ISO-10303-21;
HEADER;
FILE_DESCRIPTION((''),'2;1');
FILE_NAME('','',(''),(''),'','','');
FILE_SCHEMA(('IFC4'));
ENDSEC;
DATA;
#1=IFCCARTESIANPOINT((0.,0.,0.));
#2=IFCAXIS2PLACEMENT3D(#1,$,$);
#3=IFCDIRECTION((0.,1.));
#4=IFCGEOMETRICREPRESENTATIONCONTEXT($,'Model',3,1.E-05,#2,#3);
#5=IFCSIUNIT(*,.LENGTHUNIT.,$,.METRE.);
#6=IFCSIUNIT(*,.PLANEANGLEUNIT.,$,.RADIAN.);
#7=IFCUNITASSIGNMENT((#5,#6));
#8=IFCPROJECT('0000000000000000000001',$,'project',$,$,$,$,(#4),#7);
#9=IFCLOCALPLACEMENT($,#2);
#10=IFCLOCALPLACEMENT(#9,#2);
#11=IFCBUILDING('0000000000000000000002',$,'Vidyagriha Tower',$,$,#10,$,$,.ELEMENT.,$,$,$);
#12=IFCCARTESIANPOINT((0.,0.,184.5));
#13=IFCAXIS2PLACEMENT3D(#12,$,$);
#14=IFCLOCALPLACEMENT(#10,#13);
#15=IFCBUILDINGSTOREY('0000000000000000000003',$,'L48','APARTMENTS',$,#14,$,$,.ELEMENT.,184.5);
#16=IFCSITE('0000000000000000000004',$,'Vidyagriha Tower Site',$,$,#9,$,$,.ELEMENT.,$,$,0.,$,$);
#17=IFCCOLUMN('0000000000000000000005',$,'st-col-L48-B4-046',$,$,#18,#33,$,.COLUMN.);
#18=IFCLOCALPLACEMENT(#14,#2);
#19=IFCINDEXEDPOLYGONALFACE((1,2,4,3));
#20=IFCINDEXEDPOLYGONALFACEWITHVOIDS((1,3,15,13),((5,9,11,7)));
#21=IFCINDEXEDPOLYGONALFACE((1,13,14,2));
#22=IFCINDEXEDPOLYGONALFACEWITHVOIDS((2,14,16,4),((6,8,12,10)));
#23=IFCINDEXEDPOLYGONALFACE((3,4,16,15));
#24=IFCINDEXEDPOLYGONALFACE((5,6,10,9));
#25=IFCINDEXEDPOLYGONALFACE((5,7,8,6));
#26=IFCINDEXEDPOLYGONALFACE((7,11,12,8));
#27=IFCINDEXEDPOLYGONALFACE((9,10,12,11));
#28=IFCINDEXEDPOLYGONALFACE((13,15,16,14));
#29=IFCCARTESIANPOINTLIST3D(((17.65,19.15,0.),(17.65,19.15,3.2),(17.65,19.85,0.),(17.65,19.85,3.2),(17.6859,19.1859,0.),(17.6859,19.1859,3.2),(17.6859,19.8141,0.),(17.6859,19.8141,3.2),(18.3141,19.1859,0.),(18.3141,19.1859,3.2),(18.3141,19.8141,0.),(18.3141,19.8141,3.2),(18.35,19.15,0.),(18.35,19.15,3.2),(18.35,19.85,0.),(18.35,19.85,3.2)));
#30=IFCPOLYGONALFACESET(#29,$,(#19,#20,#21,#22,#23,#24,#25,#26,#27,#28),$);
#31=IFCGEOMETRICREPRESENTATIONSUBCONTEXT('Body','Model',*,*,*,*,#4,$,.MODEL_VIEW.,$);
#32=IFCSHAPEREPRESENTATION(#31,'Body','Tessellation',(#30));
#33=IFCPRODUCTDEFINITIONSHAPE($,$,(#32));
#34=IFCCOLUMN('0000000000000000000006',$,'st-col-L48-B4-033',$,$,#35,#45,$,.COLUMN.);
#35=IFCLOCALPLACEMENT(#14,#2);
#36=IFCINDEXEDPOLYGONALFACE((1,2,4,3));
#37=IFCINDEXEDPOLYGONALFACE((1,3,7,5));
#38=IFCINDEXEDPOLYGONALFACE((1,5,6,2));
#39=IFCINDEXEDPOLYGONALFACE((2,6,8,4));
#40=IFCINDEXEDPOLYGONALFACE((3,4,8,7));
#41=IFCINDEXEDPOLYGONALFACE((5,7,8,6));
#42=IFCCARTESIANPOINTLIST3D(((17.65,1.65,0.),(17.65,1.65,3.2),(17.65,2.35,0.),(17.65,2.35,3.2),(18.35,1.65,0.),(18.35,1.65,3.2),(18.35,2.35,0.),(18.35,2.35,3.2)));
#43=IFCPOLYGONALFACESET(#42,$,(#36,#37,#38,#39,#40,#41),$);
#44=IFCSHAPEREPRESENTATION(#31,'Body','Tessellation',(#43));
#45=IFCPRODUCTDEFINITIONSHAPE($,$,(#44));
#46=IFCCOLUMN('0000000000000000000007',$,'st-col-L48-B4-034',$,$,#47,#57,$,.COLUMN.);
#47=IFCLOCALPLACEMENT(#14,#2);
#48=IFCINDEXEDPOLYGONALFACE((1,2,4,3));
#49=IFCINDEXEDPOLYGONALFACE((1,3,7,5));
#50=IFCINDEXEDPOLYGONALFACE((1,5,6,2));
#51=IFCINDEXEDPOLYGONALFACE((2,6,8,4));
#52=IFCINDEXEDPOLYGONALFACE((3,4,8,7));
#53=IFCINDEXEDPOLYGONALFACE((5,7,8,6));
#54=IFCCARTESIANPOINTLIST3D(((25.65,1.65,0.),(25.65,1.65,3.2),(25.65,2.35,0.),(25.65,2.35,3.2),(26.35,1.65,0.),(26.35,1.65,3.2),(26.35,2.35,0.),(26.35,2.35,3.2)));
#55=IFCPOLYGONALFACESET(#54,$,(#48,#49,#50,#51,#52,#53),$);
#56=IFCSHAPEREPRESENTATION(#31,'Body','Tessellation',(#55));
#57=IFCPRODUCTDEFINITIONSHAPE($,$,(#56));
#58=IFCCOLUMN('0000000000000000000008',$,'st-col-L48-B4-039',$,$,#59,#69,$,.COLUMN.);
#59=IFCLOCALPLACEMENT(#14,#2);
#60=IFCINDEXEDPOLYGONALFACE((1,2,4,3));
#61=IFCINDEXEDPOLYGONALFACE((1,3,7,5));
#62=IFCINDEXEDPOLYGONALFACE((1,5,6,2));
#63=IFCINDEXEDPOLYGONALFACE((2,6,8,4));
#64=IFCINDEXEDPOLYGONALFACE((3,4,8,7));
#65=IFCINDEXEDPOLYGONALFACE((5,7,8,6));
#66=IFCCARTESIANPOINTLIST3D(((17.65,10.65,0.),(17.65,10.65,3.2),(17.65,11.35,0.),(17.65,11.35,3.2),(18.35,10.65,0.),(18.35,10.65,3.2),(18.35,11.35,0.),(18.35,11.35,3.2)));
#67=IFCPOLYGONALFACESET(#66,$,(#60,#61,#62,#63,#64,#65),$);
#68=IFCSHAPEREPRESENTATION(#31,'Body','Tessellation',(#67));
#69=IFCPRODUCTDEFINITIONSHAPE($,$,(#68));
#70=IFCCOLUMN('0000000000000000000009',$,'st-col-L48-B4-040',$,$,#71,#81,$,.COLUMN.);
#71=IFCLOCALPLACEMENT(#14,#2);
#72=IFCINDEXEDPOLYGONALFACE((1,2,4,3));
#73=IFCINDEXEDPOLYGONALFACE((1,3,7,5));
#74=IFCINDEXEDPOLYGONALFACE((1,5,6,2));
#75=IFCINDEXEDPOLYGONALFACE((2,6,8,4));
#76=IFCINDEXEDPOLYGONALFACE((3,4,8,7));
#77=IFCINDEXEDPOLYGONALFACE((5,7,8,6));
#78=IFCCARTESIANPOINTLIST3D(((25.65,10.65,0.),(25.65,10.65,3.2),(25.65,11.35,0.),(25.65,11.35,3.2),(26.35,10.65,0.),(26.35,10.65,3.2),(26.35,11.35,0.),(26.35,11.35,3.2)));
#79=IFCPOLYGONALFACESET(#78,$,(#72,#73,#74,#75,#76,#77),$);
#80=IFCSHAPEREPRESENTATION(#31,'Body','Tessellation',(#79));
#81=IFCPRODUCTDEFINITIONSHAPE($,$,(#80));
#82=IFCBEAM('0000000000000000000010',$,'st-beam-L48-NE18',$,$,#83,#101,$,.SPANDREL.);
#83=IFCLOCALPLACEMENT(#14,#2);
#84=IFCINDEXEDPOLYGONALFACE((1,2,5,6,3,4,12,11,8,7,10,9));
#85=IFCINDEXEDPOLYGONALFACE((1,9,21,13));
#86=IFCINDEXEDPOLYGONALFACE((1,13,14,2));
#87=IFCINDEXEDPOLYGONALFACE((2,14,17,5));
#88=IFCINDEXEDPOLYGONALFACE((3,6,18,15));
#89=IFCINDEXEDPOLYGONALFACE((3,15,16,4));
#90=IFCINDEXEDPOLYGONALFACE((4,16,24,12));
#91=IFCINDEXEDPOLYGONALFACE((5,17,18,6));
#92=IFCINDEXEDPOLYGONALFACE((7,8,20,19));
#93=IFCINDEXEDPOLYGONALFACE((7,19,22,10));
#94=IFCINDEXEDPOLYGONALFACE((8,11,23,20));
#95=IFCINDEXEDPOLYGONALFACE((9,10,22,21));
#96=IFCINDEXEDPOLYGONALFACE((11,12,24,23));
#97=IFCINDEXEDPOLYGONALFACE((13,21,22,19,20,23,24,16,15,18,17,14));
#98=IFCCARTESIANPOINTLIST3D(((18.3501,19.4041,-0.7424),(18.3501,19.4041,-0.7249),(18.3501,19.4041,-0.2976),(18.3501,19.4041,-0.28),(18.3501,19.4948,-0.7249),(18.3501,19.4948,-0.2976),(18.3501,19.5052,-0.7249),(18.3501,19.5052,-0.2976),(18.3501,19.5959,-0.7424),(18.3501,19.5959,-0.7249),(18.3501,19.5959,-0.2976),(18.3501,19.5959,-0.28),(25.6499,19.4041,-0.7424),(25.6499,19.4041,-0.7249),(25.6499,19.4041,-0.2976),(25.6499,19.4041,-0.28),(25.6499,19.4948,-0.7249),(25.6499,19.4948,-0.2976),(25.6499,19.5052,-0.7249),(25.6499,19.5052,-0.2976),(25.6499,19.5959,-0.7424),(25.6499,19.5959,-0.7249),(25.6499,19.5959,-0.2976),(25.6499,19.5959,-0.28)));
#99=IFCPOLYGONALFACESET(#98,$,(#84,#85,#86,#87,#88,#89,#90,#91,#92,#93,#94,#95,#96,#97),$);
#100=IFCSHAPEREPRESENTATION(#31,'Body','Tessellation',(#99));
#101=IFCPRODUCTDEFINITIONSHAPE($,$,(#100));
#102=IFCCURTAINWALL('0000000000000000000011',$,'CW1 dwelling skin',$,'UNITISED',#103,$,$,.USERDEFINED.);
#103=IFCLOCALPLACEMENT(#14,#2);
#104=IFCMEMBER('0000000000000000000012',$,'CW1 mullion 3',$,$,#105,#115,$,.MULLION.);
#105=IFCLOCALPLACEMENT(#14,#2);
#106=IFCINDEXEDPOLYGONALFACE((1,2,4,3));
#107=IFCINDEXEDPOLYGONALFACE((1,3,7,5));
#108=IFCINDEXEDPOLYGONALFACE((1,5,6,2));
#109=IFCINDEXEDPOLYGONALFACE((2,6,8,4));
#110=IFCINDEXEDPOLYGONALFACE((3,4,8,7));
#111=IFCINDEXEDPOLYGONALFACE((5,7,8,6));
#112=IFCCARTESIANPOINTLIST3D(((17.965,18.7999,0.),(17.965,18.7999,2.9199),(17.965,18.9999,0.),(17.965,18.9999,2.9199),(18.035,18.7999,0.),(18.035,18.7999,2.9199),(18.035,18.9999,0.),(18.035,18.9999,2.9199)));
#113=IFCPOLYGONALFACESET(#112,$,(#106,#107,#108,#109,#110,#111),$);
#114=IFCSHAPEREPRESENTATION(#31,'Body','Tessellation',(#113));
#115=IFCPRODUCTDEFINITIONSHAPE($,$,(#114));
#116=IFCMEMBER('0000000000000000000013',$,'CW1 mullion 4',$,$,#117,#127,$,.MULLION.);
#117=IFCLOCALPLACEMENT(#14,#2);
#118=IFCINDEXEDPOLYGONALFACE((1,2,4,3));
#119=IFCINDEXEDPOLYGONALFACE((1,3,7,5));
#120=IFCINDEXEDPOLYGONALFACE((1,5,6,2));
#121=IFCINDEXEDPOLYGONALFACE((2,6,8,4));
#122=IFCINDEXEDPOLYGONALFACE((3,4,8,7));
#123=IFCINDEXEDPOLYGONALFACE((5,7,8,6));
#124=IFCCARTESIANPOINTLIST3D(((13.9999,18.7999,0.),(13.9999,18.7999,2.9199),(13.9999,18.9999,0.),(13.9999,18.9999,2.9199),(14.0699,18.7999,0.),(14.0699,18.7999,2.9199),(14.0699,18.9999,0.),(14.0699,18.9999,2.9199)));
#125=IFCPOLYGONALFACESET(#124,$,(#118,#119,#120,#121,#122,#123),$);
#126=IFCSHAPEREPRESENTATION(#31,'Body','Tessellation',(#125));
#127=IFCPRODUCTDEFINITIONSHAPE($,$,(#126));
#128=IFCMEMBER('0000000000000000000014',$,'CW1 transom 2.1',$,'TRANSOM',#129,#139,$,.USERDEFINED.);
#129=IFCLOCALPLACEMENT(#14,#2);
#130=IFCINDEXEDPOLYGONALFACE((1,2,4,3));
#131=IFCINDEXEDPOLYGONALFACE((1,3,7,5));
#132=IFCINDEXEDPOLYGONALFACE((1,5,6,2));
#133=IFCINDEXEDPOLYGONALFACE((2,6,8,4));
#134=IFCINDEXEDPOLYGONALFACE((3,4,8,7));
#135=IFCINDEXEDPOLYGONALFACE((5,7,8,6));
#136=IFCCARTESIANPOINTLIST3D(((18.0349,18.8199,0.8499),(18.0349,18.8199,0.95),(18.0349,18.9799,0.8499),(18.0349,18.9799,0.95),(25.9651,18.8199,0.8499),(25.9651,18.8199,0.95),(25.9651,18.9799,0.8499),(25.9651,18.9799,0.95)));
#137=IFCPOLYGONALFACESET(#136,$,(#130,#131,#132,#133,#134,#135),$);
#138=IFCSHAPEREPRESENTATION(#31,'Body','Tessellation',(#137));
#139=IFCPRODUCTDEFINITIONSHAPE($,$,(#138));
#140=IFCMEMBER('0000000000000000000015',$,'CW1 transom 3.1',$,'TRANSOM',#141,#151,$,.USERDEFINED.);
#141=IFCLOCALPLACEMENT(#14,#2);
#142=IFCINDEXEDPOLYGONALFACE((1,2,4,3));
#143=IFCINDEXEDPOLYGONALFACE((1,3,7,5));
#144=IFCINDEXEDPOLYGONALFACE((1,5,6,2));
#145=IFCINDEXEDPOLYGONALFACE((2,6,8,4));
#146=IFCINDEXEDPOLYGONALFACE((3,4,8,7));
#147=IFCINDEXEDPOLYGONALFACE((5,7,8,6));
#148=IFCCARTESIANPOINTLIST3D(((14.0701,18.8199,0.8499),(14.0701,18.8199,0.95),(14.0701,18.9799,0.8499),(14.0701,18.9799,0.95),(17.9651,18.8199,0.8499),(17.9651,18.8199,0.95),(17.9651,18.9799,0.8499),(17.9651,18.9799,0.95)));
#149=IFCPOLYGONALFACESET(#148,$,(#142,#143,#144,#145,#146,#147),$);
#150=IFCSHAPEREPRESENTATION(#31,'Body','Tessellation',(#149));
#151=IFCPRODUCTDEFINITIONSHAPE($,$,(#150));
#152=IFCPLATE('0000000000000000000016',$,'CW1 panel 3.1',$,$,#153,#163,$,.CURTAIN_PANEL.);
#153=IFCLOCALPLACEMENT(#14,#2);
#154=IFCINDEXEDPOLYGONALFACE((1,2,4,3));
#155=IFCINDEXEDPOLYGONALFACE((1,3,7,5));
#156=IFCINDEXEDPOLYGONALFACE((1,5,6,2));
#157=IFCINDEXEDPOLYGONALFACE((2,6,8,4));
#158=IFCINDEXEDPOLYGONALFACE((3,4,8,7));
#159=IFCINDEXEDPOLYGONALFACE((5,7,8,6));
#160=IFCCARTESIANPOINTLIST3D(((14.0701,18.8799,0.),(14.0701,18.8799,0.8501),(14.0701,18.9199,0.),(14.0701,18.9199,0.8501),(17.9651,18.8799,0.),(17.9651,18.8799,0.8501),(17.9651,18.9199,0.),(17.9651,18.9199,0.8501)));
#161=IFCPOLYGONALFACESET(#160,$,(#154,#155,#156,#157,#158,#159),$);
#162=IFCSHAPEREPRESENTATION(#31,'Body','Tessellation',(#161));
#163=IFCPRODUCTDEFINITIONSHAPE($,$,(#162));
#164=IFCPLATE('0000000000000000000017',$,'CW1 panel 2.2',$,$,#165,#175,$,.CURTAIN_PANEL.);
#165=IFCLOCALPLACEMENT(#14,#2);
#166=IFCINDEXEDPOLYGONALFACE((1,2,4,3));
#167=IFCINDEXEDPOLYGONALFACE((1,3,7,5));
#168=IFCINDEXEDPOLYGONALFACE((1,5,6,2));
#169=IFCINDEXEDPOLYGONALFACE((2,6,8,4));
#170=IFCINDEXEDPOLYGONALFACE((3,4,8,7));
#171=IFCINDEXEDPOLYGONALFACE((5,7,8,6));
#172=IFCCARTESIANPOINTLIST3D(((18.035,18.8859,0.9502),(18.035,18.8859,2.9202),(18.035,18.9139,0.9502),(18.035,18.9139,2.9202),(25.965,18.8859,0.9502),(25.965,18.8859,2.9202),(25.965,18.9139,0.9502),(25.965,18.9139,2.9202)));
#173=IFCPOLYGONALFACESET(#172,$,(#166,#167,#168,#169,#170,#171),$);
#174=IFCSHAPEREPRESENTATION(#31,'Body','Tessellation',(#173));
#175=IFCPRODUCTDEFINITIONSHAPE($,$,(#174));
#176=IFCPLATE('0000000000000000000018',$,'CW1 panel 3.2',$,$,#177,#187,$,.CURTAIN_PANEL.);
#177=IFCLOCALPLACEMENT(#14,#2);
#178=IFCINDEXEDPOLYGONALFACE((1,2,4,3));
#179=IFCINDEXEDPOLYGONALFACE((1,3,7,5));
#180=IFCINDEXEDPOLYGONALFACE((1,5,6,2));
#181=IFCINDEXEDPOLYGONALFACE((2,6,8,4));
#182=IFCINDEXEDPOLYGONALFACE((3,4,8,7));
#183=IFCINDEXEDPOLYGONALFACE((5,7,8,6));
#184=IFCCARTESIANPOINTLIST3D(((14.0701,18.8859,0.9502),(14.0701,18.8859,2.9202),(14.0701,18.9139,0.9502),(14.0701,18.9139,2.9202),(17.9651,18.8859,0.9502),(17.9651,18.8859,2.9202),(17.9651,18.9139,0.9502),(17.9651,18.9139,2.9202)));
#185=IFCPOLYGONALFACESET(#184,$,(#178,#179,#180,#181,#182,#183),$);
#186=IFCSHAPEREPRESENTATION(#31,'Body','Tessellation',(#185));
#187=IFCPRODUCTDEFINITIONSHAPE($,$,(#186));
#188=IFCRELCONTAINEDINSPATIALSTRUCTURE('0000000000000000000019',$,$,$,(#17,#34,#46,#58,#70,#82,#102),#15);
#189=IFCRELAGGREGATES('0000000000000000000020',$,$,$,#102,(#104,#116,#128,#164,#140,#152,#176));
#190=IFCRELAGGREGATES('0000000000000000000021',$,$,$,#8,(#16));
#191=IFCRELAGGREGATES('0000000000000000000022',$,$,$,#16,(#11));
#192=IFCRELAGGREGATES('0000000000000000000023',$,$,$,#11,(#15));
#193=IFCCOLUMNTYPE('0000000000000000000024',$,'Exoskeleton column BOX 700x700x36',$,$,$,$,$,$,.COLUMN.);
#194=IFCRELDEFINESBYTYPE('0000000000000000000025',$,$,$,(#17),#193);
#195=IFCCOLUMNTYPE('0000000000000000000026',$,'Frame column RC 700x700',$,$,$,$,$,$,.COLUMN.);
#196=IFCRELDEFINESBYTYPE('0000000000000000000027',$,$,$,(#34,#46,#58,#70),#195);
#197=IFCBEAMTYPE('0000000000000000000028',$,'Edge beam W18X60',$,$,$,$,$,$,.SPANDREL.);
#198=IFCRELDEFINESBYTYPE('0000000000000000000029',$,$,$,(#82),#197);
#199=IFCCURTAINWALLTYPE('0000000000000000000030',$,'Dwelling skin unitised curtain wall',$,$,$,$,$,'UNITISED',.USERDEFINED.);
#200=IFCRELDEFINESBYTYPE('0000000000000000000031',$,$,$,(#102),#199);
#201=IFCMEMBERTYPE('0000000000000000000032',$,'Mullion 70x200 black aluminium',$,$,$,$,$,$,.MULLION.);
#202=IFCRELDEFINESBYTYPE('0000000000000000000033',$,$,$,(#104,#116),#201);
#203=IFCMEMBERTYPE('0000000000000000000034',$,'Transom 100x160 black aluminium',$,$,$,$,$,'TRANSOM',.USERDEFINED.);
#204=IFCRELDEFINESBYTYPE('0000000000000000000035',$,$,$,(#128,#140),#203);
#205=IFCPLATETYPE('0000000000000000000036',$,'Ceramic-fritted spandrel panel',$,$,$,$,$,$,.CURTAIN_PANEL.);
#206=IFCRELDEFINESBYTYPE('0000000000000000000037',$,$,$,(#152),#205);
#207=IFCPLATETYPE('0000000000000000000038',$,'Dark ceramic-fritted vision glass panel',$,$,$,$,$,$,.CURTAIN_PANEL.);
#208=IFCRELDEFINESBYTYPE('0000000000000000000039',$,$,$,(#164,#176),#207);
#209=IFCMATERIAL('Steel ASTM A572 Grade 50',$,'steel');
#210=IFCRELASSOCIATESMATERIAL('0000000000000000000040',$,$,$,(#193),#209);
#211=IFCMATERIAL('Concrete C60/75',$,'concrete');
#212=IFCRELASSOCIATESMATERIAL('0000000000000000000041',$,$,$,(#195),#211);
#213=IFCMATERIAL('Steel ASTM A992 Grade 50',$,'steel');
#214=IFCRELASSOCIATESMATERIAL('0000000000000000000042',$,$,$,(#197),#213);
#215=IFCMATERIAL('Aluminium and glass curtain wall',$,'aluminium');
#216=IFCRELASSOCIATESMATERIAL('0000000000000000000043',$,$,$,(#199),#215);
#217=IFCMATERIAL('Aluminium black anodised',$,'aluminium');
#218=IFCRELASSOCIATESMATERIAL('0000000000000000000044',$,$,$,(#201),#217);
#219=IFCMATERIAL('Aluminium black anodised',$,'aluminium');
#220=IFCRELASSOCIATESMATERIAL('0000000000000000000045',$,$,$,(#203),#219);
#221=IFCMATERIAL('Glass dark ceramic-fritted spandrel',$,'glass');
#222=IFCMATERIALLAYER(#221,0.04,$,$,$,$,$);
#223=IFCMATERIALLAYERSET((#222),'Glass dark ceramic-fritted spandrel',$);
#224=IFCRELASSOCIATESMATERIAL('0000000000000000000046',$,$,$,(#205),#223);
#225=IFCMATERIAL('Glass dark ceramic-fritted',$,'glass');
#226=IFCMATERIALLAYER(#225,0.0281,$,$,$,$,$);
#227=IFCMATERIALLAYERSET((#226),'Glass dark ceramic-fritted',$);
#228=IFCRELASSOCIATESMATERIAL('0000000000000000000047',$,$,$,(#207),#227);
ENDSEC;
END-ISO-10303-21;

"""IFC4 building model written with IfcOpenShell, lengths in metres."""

from ifc_helpers import new_model, si_unit, direction, frame, origin, origin_2d, place, context, subcontext, project, spatial, rectangle, hollow_rectangle, i_section, extrude, material, layer, layer_set, material_profile, profile_set, type_object, element, aggregate, save


model = new_model("IFC4")

# Units and contexts
model_context = context("Model", 3, precision=1e-05, world=origin(), true_north=direction((0.0, 1.0)))
body_context = subcontext(model_context, "Body", "Model", "MODEL_VIEW")
ifc_project = project(units=[si_unit("LENGTHUNIT", "METRE"), si_unit("PLANEANGLEUNIT", "RADIAN")], contexts=[model_context])

# Site, building, storey
site_placement = place(None, origin())
site = spatial("IfcSite", under=ifc_project, at=site_placement, Name="Vidyagriha Tower Site", CompositionType="ELEMENT", RefElevation=0.0)
building_placement = place(site_placement, origin())
building = spatial("IfcBuilding", under=site, at=building_placement, Name="Vidyagriha Tower", CompositionType="ELEMENT")
storey_placement = place(building_placement, frame((0.0, 0.0, 184.5)))
storey = spatial("IfcBuildingStorey", under=building, at=storey_placement, Name="L48", Description="APARTMENTS", CompositionType="ELEMENT", Elevation=184.5)

# Columns
ifc_material_1 = material(Name="Steel ASTM A572 Grade 50", Category="steel")
ifc_material_profile_1 = material_profile(ifc_material_1, hollow_rectangle(XDim=0.7, YDim=0.7, WallThickness=0.0359, at=origin_2d()), Name="BOX 700x700x36")
ifc_profile_set_1 = profile_set([ifc_material_profile_1], Name="Steel ASTM A572 Grade 50")
column_type_1 = type_object("IfcColumnType", Name="Exoskeleton column BOX 700x700x36", PredefinedType="COLUMN", material=ifc_profile_set_1)
column_placement = place(storey_placement, frame((18.0, 19.5, 0.0)))
element("IfcColumn", 1, at=column_placement, inside=storey, type_object=column_type_1, Name="st-col-L48-B4-046", PredefinedType="COLUMN", context=body_context, shape_type="SweptSolid", body=[
    extrude(hollow_rectangle(XDim=0.7, YDim=0.7, WallThickness=0.0359, at=origin_2d()), origin(), (0.0, 0.0, 1.0), 3.2),
])
ifc_material_2 = material(Name="Concrete C60/75", Category="concrete")
ifc_material_profile_2 = material_profile(ifc_material_2, rectangle(XDim=0.7, YDim=0.7, at=origin_2d()), Name="RC 700x700")
ifc_profile_set_2 = profile_set([ifc_material_profile_2], Name="Concrete C60/75")
column_type_2 = type_object("IfcColumnType", Name="Frame column RC 700x700", PredefinedType="COLUMN", material=ifc_profile_set_2)
for number, where, name in (
    (2, (18.0, 2.0, 0.0), "st-col-L48-B4-033"),
    (3, (26.0, 2.0, 0.0), "st-col-L48-B4-034"),
    (4, (18.0, 11.0, 0.0), "st-col-L48-B4-039"),
    (5, (26.0, 11.0, 0.0), "st-col-L48-B4-040"),
):
    element("IfcColumn", number, at=place(storey_placement, frame(where)), inside=storey, type_object=column_type_2, Name=name, PredefinedType="COLUMN", context=body_context, shape_type="SweptSolid", body=[
        extrude(rectangle(XDim=0.7, YDim=0.7, at=origin_2d()), origin(), (0.0, 0.0, 1.0), 3.2),
    ])

# Beam
ifc_material_3 = material(Name="Steel ASTM A992 Grade 50", Category="steel")
ifc_material_profile_3 = material_profile(ifc_material_3, i_section(OverallWidth=0.1919, OverallDepth=0.4624, WebThickness=0.0105, FlangeThickness=0.0176, at=origin_2d()), Name="W18X60")
ifc_profile_set_3 = profile_set([ifc_material_profile_3], Name="Steel ASTM A992 Grade 50")
beam_type = type_object("IfcBeamType", Name="Edge beam W18X60", PredefinedType="SPANDREL", material=ifc_profile_set_3)
beam_placement = place(storey_placement, frame((18.3501, 19.5, -0.5112), z_axis=(1.0, 0.0, 0.0), x_axis=(0.0, 1.0, 0.0)))
element("IfcBeam", 6, at=beam_placement, inside=storey, type_object=beam_type, Name="st-beam-L48-NE18", PredefinedType="SPANDREL", context=body_context, shape_type="SweptSolid", body=[
    extrude(i_section(OverallWidth=0.1919, OverallDepth=0.4624, WebThickness=0.0105, FlangeThickness=0.0176, at=origin_2d()), origin(), (0.0, 0.0, 1.0), 7.2998),
])

# Curtain wall, members, plates
ifc_material_4 = material(Name="Aluminium and glass curtain wall", Category="aluminium")
curtain_wall_type = type_object("IfcCurtainWallType", Name="Dwelling skin unitised curtain wall", ElementType="UNITISED", PredefinedType="USERDEFINED", material=ifc_material_4)
curtain_wall_placement = place(storey_placement, origin())
curtain_wall = element("IfcCurtainWall", 7, at=curtain_wall_placement, inside=storey, type_object=curtain_wall_type, Name="CW1 dwelling skin", ObjectType="UNITISED", PredefinedType="USERDEFINED")
ifc_material_5 = material(Name="Aluminium black anodised", Category="aluminium")
ifc_material_profile_4 = material_profile(ifc_material_5, rectangle(XDim=0.2, YDim=0.0701, at=origin_2d()), Name="Mullion 70x200 black aluminium")
ifc_profile_set_4 = profile_set([ifc_material_profile_4], Name="Aluminium black anodised")
member_type_1 = type_object("IfcMemberType", Name="Mullion 70x200 black aluminium", PredefinedType="MULLION", material=ifc_profile_set_4)
member_1_placement = place(storey_placement, frame((18.0, 18.8999, 0.0), z_axis=(0.0, 0.0, 1.0), x_axis=(0.0, -1.0, 0.0)))
member_1 = element("IfcMember", 8, at=member_1_placement, type_object=member_type_1, Name="CW1 mullion 3", PredefinedType="MULLION", context=body_context, shape_type="SweptSolid", body=[
    extrude(rectangle(XDim=0.2, YDim=0.0701, at=origin_2d()), origin(), (0.0, 0.0, 1.0), 2.9199),
])
member_2_placement = place(storey_placement, frame((14.0349, 18.8999, 0.0), z_axis=(0.0, 0.0, 1.0), x_axis=(0.0, -1.0, 0.0)))
member_2 = element("IfcMember", 9, at=member_2_placement, type_object=member_type_1, Name="CW1 mullion 4", PredefinedType="MULLION", context=body_context, shape_type="SweptSolid", body=[
    extrude(rectangle(XDim=0.2, YDim=0.0701, at=origin_2d()), origin(), (0.0, 0.0, 1.0), 2.9199),
])
ifc_material_6 = material(Name="Aluminium black anodised", Category="aluminium")
ifc_material_profile_5 = material_profile(ifc_material_6, rectangle(XDim=0.1599, YDim=0.1001, at=origin_2d()), Name="Transom 100x160 black aluminium")
ifc_profile_set_5 = profile_set([ifc_material_profile_5], Name="Aluminium black anodised")
member_type_2 = type_object("IfcMemberType", Name="Transom 100x160 black aluminium", ElementType="TRANSOM", PredefinedType="USERDEFINED", material=ifc_profile_set_5)
member_3_placement = place(storey_placement, frame((25.9651, 18.8999, 0.8999), z_axis=(-1.0, 0.0, 0.0), x_axis=(0.0, -1.0, 0.0)))
member_3 = element("IfcMember", 10, at=member_3_placement, type_object=member_type_2, Name="CW1 transom 2.1", ObjectType="TRANSOM", PredefinedType="USERDEFINED", context=body_context, shape_type="SweptSolid", body=[
    extrude(rectangle(XDim=0.1599, YDim=0.1001, at=origin_2d()), origin(), (0.0, 0.0, 1.0), 7.9302),
])
member_4_placement = place(storey_placement, frame((17.9651, 18.8999, 0.8999), z_axis=(-1.0, 0.0, 0.0), x_axis=(0.0, -1.0, 0.0)))
member_4 = element("IfcMember", 11, at=member_4_placement, type_object=member_type_2, Name="CW1 transom 3.1", ObjectType="TRANSOM", PredefinedType="USERDEFINED", context=body_context, shape_type="SweptSolid", body=[
    extrude(rectangle(XDim=0.1599, YDim=0.1001, at=origin_2d()), origin(), (0.0, 0.0, 1.0), 3.895),
])
ifc_material_7 = material(Name="Glass dark ceramic-fritted spandrel", Category="glass")
ifc_layer_1 = layer(ifc_material_7, 0.04)
ifc_layer_set_1 = layer_set([ifc_layer_1], Name="Glass dark ceramic-fritted spandrel")
plate_type_1 = type_object("IfcPlateType", Name="Ceramic-fritted spandrel panel", PredefinedType="CURTAIN_PANEL", material=ifc_layer_set_1)
plate_1_placement = place(storey_placement, frame((16.0176, 18.8999, 0.0), z_axis=(0.0, 0.0, 1.0), x_axis=(-1.0, 0.0, 0.0)))
plate_1 = element("IfcPlate", 12, at=plate_1_placement, type_object=plate_type_1, Name="CW1 panel 3.1", PredefinedType="CURTAIN_PANEL", context=body_context, shape_type="SweptSolid", body=[
    extrude(rectangle(XDim=3.895, YDim=0.04, at=origin_2d()), origin(), (0.0, 0.0, 1.0), 0.8501),
])
ifc_material_8 = material(Name="Glass dark ceramic-fritted", Category="glass")
ifc_layer_2 = layer(ifc_material_8, 0.0281)
ifc_layer_set_2 = layer_set([ifc_layer_2], Name="Glass dark ceramic-fritted")
plate_type_2 = type_object("IfcPlateType", Name="Dark ceramic-fritted vision glass panel", PredefinedType="CURTAIN_PANEL", material=ifc_layer_set_2)
plate_2_placement = place(storey_placement, frame((22.0, 18.8999, 0.9502), z_axis=(0.0, 0.0, 1.0), x_axis=(-1.0, 0.0, 0.0)))
plate_2 = element("IfcPlate", 13, at=plate_2_placement, type_object=plate_type_2, Name="CW1 panel 2.2", PredefinedType="CURTAIN_PANEL", context=body_context, shape_type="SweptSolid", body=[
    extrude(rectangle(XDim=7.9299, YDim=0.0281, at=origin_2d()), origin(), (0.0, 0.0, 1.0), 1.97),
])
plate_3_placement = place(storey_placement, frame((16.0176, 18.8999, 0.9502), z_axis=(0.0, 0.0, 1.0), x_axis=(-1.0, 0.0, 0.0)))
plate_3 = element("IfcPlate", 14, at=plate_3_placement, type_object=plate_type_2, Name="CW1 panel 3.2", PredefinedType="CURTAIN_PANEL", context=body_context, shape_type="SweptSolid", body=[
    extrude(rectangle(XDim=3.895, YDim=0.0281, at=origin_2d()), origin(), (0.0, 0.0, 1.0), 1.97),
])
aggregate(curtain_wall, [member_1, member_2, member_3, plate_2, member_4, plate_1, plate_3])

save(model, "model.ifc")
